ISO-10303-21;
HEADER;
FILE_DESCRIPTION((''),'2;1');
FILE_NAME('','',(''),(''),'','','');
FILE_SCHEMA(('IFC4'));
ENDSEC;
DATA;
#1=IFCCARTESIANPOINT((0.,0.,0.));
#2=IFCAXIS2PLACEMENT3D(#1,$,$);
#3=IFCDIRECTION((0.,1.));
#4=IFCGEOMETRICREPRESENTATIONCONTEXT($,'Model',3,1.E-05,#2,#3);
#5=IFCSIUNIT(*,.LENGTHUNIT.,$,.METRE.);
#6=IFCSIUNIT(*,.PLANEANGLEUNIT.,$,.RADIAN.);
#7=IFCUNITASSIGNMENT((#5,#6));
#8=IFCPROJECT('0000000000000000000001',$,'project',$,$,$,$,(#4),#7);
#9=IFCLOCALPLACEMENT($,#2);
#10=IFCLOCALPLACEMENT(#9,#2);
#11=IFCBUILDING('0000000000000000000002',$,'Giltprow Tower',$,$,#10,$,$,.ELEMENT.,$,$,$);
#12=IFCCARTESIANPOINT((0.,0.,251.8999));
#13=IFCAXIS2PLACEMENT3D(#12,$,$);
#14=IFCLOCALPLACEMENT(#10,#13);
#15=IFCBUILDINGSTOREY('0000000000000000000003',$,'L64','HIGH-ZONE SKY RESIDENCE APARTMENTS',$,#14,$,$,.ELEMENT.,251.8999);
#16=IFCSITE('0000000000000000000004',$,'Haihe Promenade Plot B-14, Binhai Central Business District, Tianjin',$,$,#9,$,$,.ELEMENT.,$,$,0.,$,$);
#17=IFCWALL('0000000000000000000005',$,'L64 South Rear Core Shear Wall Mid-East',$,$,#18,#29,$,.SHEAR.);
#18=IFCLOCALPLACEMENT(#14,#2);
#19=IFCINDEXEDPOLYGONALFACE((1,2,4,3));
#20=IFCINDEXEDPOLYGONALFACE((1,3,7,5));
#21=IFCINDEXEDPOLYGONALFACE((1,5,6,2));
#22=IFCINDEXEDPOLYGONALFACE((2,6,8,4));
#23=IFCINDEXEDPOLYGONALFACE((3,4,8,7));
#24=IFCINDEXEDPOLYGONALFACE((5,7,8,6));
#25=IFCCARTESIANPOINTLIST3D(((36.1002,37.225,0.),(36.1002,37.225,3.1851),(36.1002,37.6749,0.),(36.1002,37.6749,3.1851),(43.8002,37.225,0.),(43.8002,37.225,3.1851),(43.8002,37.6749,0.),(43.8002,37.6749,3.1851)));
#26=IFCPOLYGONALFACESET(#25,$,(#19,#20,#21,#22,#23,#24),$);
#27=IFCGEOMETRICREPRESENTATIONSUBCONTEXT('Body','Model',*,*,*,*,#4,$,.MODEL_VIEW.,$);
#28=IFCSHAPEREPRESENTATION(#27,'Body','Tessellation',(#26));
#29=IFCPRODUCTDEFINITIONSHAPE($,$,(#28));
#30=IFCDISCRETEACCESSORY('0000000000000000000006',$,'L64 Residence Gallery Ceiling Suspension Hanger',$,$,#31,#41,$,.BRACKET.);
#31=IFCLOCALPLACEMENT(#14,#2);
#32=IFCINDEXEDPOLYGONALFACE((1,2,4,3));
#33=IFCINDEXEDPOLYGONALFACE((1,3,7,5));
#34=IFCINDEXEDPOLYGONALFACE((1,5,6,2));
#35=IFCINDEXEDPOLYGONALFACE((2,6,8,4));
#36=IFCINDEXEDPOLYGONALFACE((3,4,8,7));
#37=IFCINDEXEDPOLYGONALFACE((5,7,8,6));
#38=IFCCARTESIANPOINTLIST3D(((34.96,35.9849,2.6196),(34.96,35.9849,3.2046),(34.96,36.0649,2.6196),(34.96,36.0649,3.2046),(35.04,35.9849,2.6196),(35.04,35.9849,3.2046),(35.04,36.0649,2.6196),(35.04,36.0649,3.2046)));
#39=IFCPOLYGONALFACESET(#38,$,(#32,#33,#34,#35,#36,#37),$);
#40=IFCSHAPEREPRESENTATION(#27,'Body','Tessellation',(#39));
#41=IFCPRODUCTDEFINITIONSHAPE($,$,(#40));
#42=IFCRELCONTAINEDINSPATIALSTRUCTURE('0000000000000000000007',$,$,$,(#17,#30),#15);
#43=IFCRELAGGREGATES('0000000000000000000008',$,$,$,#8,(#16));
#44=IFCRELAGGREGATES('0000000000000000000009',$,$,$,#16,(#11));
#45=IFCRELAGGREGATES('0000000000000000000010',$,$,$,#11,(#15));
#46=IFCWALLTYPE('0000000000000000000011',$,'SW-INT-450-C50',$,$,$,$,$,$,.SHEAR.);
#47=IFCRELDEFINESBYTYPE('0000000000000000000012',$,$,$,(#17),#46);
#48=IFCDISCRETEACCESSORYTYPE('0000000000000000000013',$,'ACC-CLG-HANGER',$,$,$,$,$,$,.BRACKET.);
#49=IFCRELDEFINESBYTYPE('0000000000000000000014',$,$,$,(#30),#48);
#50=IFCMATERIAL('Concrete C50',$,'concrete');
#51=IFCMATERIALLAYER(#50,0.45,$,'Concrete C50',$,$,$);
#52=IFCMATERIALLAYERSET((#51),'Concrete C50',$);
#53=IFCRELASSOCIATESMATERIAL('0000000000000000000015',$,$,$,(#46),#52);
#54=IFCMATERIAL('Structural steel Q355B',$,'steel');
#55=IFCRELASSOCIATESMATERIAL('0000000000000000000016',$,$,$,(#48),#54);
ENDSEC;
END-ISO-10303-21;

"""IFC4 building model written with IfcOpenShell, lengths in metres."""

from ifc_helpers import new_model, si_unit, direction, frame, frame_2d, origin, origin_2d, place, context, subcontext, project, spatial, rectangle, extrude, source, transform, mapped, material, layer, layer_set, type_object, element, save


model = new_model("IFC4")

# Units and contexts
model_context = context("Model", 3, precision=1e-05, world=origin(), true_north=direction((0.0, 1.0)))
body_context = subcontext(model_context, "Body", "Model", "MODEL_VIEW")
ifc_project = project(units=[si_unit("LENGTHUNIT", "METRE"), si_unit("PLANEANGLEUNIT", "RADIAN")], contexts=[model_context])

# Site, building, storey
site_placement = place(None, origin())
site = spatial("IfcSite", under=ifc_project, at=site_placement, Name="Haihe Promenade Plot B-14, Binhai Central Business District, Tianjin", CompositionType="ELEMENT", RefElevation=0.0)
building_placement = place(site_placement, origin())
building = spatial("IfcBuilding", under=site, at=building_placement, Name="Giltprow Tower", CompositionType="ELEMENT")
storey_placement = place(building_placement, frame((0.0, 0.0, 251.8999)))
storey = spatial("IfcBuildingStorey", under=building, at=storey_placement, Name="L64", Description="HIGH-ZONE SKY RESIDENCE APARTMENTS", CompositionType="ELEMENT", Elevation=251.8999)

# Shared definitions
ifc_material_1 = material(Name="Concrete C50", Category="concrete")

# Shared definitions
ifc_material_2 = material(Name="Structural steel Q355B", Category="steel")

# Wall
ifc_layer_1 = layer(ifc_material_1, 0.45, Name="Concrete C50")
ifc_layer_set_1 = layer_set([ifc_layer_1], Name="Concrete C50")
wall_type_1 = type_object("IfcWallType", Name="SW-INT-450-C50", PredefinedType="SHEAR", material=ifc_layer_set_1)
wall_1_placement = place(storey_placement, frame((36.1001, 37.45, 0.0), z_axis=(0.0, 0.0, 1.0), x_axis=(1.0, 0.0, 0.0)))
element("IfcWall", 1, at=wall_1_placement, inside=storey, type_object=wall_type_1, Name="L64 South Rear Core Shear Wall Mid-East", PredefinedType="SHEAR", context=body_context, shape_type="SweptSolid", body=[
    extrude(rectangle(XDim=7.7, YDim=0.45, at=frame_2d((3.8501, 0.0))), origin(), (0.0, 0.0, 1.0), 3.1851),
])

# Discrete accessory
discrete_accessory_type = type_object("IfcDiscreteAccessoryType", Name="ACC-CLG-HANGER", PredefinedType="BRACKET", material=ifc_material_2)
shared_shape_1 = source(origin(), body_context, "Body", "SweptSolid", [
    extrude(rectangle(XDim=0.0801, YDim=0.0801, at=origin_2d()), origin(), (0.0, 0.0, 1.0), 0.585),
])
discrete_accessory_placement = place(storey_placement, frame((35.0, 36.0249, 2.6196), z_axis=(0.0, 0.0, 1.0), x_axis=(1.0, 0.0, 0.0)))
element("IfcDiscreteAccessory", 2, at=discrete_accessory_placement, inside=storey, type_object=discrete_accessory_type, Name="L64 Residence Gallery Ceiling Suspension Hanger", PredefinedType="BRACKET", context=body_context, shape_type="MappedRepresentation", body=[
    mapped(shared_shape_1, transform((0.0, 0.0, 0.0), x_axis=(1.0, 0.0, 0.0), y_axis=(0.0, 1.0, 0.0), z_axis=(0.0, 0.0, 1.0), scale=1.0)),
])

save(model, "model.ifc")
